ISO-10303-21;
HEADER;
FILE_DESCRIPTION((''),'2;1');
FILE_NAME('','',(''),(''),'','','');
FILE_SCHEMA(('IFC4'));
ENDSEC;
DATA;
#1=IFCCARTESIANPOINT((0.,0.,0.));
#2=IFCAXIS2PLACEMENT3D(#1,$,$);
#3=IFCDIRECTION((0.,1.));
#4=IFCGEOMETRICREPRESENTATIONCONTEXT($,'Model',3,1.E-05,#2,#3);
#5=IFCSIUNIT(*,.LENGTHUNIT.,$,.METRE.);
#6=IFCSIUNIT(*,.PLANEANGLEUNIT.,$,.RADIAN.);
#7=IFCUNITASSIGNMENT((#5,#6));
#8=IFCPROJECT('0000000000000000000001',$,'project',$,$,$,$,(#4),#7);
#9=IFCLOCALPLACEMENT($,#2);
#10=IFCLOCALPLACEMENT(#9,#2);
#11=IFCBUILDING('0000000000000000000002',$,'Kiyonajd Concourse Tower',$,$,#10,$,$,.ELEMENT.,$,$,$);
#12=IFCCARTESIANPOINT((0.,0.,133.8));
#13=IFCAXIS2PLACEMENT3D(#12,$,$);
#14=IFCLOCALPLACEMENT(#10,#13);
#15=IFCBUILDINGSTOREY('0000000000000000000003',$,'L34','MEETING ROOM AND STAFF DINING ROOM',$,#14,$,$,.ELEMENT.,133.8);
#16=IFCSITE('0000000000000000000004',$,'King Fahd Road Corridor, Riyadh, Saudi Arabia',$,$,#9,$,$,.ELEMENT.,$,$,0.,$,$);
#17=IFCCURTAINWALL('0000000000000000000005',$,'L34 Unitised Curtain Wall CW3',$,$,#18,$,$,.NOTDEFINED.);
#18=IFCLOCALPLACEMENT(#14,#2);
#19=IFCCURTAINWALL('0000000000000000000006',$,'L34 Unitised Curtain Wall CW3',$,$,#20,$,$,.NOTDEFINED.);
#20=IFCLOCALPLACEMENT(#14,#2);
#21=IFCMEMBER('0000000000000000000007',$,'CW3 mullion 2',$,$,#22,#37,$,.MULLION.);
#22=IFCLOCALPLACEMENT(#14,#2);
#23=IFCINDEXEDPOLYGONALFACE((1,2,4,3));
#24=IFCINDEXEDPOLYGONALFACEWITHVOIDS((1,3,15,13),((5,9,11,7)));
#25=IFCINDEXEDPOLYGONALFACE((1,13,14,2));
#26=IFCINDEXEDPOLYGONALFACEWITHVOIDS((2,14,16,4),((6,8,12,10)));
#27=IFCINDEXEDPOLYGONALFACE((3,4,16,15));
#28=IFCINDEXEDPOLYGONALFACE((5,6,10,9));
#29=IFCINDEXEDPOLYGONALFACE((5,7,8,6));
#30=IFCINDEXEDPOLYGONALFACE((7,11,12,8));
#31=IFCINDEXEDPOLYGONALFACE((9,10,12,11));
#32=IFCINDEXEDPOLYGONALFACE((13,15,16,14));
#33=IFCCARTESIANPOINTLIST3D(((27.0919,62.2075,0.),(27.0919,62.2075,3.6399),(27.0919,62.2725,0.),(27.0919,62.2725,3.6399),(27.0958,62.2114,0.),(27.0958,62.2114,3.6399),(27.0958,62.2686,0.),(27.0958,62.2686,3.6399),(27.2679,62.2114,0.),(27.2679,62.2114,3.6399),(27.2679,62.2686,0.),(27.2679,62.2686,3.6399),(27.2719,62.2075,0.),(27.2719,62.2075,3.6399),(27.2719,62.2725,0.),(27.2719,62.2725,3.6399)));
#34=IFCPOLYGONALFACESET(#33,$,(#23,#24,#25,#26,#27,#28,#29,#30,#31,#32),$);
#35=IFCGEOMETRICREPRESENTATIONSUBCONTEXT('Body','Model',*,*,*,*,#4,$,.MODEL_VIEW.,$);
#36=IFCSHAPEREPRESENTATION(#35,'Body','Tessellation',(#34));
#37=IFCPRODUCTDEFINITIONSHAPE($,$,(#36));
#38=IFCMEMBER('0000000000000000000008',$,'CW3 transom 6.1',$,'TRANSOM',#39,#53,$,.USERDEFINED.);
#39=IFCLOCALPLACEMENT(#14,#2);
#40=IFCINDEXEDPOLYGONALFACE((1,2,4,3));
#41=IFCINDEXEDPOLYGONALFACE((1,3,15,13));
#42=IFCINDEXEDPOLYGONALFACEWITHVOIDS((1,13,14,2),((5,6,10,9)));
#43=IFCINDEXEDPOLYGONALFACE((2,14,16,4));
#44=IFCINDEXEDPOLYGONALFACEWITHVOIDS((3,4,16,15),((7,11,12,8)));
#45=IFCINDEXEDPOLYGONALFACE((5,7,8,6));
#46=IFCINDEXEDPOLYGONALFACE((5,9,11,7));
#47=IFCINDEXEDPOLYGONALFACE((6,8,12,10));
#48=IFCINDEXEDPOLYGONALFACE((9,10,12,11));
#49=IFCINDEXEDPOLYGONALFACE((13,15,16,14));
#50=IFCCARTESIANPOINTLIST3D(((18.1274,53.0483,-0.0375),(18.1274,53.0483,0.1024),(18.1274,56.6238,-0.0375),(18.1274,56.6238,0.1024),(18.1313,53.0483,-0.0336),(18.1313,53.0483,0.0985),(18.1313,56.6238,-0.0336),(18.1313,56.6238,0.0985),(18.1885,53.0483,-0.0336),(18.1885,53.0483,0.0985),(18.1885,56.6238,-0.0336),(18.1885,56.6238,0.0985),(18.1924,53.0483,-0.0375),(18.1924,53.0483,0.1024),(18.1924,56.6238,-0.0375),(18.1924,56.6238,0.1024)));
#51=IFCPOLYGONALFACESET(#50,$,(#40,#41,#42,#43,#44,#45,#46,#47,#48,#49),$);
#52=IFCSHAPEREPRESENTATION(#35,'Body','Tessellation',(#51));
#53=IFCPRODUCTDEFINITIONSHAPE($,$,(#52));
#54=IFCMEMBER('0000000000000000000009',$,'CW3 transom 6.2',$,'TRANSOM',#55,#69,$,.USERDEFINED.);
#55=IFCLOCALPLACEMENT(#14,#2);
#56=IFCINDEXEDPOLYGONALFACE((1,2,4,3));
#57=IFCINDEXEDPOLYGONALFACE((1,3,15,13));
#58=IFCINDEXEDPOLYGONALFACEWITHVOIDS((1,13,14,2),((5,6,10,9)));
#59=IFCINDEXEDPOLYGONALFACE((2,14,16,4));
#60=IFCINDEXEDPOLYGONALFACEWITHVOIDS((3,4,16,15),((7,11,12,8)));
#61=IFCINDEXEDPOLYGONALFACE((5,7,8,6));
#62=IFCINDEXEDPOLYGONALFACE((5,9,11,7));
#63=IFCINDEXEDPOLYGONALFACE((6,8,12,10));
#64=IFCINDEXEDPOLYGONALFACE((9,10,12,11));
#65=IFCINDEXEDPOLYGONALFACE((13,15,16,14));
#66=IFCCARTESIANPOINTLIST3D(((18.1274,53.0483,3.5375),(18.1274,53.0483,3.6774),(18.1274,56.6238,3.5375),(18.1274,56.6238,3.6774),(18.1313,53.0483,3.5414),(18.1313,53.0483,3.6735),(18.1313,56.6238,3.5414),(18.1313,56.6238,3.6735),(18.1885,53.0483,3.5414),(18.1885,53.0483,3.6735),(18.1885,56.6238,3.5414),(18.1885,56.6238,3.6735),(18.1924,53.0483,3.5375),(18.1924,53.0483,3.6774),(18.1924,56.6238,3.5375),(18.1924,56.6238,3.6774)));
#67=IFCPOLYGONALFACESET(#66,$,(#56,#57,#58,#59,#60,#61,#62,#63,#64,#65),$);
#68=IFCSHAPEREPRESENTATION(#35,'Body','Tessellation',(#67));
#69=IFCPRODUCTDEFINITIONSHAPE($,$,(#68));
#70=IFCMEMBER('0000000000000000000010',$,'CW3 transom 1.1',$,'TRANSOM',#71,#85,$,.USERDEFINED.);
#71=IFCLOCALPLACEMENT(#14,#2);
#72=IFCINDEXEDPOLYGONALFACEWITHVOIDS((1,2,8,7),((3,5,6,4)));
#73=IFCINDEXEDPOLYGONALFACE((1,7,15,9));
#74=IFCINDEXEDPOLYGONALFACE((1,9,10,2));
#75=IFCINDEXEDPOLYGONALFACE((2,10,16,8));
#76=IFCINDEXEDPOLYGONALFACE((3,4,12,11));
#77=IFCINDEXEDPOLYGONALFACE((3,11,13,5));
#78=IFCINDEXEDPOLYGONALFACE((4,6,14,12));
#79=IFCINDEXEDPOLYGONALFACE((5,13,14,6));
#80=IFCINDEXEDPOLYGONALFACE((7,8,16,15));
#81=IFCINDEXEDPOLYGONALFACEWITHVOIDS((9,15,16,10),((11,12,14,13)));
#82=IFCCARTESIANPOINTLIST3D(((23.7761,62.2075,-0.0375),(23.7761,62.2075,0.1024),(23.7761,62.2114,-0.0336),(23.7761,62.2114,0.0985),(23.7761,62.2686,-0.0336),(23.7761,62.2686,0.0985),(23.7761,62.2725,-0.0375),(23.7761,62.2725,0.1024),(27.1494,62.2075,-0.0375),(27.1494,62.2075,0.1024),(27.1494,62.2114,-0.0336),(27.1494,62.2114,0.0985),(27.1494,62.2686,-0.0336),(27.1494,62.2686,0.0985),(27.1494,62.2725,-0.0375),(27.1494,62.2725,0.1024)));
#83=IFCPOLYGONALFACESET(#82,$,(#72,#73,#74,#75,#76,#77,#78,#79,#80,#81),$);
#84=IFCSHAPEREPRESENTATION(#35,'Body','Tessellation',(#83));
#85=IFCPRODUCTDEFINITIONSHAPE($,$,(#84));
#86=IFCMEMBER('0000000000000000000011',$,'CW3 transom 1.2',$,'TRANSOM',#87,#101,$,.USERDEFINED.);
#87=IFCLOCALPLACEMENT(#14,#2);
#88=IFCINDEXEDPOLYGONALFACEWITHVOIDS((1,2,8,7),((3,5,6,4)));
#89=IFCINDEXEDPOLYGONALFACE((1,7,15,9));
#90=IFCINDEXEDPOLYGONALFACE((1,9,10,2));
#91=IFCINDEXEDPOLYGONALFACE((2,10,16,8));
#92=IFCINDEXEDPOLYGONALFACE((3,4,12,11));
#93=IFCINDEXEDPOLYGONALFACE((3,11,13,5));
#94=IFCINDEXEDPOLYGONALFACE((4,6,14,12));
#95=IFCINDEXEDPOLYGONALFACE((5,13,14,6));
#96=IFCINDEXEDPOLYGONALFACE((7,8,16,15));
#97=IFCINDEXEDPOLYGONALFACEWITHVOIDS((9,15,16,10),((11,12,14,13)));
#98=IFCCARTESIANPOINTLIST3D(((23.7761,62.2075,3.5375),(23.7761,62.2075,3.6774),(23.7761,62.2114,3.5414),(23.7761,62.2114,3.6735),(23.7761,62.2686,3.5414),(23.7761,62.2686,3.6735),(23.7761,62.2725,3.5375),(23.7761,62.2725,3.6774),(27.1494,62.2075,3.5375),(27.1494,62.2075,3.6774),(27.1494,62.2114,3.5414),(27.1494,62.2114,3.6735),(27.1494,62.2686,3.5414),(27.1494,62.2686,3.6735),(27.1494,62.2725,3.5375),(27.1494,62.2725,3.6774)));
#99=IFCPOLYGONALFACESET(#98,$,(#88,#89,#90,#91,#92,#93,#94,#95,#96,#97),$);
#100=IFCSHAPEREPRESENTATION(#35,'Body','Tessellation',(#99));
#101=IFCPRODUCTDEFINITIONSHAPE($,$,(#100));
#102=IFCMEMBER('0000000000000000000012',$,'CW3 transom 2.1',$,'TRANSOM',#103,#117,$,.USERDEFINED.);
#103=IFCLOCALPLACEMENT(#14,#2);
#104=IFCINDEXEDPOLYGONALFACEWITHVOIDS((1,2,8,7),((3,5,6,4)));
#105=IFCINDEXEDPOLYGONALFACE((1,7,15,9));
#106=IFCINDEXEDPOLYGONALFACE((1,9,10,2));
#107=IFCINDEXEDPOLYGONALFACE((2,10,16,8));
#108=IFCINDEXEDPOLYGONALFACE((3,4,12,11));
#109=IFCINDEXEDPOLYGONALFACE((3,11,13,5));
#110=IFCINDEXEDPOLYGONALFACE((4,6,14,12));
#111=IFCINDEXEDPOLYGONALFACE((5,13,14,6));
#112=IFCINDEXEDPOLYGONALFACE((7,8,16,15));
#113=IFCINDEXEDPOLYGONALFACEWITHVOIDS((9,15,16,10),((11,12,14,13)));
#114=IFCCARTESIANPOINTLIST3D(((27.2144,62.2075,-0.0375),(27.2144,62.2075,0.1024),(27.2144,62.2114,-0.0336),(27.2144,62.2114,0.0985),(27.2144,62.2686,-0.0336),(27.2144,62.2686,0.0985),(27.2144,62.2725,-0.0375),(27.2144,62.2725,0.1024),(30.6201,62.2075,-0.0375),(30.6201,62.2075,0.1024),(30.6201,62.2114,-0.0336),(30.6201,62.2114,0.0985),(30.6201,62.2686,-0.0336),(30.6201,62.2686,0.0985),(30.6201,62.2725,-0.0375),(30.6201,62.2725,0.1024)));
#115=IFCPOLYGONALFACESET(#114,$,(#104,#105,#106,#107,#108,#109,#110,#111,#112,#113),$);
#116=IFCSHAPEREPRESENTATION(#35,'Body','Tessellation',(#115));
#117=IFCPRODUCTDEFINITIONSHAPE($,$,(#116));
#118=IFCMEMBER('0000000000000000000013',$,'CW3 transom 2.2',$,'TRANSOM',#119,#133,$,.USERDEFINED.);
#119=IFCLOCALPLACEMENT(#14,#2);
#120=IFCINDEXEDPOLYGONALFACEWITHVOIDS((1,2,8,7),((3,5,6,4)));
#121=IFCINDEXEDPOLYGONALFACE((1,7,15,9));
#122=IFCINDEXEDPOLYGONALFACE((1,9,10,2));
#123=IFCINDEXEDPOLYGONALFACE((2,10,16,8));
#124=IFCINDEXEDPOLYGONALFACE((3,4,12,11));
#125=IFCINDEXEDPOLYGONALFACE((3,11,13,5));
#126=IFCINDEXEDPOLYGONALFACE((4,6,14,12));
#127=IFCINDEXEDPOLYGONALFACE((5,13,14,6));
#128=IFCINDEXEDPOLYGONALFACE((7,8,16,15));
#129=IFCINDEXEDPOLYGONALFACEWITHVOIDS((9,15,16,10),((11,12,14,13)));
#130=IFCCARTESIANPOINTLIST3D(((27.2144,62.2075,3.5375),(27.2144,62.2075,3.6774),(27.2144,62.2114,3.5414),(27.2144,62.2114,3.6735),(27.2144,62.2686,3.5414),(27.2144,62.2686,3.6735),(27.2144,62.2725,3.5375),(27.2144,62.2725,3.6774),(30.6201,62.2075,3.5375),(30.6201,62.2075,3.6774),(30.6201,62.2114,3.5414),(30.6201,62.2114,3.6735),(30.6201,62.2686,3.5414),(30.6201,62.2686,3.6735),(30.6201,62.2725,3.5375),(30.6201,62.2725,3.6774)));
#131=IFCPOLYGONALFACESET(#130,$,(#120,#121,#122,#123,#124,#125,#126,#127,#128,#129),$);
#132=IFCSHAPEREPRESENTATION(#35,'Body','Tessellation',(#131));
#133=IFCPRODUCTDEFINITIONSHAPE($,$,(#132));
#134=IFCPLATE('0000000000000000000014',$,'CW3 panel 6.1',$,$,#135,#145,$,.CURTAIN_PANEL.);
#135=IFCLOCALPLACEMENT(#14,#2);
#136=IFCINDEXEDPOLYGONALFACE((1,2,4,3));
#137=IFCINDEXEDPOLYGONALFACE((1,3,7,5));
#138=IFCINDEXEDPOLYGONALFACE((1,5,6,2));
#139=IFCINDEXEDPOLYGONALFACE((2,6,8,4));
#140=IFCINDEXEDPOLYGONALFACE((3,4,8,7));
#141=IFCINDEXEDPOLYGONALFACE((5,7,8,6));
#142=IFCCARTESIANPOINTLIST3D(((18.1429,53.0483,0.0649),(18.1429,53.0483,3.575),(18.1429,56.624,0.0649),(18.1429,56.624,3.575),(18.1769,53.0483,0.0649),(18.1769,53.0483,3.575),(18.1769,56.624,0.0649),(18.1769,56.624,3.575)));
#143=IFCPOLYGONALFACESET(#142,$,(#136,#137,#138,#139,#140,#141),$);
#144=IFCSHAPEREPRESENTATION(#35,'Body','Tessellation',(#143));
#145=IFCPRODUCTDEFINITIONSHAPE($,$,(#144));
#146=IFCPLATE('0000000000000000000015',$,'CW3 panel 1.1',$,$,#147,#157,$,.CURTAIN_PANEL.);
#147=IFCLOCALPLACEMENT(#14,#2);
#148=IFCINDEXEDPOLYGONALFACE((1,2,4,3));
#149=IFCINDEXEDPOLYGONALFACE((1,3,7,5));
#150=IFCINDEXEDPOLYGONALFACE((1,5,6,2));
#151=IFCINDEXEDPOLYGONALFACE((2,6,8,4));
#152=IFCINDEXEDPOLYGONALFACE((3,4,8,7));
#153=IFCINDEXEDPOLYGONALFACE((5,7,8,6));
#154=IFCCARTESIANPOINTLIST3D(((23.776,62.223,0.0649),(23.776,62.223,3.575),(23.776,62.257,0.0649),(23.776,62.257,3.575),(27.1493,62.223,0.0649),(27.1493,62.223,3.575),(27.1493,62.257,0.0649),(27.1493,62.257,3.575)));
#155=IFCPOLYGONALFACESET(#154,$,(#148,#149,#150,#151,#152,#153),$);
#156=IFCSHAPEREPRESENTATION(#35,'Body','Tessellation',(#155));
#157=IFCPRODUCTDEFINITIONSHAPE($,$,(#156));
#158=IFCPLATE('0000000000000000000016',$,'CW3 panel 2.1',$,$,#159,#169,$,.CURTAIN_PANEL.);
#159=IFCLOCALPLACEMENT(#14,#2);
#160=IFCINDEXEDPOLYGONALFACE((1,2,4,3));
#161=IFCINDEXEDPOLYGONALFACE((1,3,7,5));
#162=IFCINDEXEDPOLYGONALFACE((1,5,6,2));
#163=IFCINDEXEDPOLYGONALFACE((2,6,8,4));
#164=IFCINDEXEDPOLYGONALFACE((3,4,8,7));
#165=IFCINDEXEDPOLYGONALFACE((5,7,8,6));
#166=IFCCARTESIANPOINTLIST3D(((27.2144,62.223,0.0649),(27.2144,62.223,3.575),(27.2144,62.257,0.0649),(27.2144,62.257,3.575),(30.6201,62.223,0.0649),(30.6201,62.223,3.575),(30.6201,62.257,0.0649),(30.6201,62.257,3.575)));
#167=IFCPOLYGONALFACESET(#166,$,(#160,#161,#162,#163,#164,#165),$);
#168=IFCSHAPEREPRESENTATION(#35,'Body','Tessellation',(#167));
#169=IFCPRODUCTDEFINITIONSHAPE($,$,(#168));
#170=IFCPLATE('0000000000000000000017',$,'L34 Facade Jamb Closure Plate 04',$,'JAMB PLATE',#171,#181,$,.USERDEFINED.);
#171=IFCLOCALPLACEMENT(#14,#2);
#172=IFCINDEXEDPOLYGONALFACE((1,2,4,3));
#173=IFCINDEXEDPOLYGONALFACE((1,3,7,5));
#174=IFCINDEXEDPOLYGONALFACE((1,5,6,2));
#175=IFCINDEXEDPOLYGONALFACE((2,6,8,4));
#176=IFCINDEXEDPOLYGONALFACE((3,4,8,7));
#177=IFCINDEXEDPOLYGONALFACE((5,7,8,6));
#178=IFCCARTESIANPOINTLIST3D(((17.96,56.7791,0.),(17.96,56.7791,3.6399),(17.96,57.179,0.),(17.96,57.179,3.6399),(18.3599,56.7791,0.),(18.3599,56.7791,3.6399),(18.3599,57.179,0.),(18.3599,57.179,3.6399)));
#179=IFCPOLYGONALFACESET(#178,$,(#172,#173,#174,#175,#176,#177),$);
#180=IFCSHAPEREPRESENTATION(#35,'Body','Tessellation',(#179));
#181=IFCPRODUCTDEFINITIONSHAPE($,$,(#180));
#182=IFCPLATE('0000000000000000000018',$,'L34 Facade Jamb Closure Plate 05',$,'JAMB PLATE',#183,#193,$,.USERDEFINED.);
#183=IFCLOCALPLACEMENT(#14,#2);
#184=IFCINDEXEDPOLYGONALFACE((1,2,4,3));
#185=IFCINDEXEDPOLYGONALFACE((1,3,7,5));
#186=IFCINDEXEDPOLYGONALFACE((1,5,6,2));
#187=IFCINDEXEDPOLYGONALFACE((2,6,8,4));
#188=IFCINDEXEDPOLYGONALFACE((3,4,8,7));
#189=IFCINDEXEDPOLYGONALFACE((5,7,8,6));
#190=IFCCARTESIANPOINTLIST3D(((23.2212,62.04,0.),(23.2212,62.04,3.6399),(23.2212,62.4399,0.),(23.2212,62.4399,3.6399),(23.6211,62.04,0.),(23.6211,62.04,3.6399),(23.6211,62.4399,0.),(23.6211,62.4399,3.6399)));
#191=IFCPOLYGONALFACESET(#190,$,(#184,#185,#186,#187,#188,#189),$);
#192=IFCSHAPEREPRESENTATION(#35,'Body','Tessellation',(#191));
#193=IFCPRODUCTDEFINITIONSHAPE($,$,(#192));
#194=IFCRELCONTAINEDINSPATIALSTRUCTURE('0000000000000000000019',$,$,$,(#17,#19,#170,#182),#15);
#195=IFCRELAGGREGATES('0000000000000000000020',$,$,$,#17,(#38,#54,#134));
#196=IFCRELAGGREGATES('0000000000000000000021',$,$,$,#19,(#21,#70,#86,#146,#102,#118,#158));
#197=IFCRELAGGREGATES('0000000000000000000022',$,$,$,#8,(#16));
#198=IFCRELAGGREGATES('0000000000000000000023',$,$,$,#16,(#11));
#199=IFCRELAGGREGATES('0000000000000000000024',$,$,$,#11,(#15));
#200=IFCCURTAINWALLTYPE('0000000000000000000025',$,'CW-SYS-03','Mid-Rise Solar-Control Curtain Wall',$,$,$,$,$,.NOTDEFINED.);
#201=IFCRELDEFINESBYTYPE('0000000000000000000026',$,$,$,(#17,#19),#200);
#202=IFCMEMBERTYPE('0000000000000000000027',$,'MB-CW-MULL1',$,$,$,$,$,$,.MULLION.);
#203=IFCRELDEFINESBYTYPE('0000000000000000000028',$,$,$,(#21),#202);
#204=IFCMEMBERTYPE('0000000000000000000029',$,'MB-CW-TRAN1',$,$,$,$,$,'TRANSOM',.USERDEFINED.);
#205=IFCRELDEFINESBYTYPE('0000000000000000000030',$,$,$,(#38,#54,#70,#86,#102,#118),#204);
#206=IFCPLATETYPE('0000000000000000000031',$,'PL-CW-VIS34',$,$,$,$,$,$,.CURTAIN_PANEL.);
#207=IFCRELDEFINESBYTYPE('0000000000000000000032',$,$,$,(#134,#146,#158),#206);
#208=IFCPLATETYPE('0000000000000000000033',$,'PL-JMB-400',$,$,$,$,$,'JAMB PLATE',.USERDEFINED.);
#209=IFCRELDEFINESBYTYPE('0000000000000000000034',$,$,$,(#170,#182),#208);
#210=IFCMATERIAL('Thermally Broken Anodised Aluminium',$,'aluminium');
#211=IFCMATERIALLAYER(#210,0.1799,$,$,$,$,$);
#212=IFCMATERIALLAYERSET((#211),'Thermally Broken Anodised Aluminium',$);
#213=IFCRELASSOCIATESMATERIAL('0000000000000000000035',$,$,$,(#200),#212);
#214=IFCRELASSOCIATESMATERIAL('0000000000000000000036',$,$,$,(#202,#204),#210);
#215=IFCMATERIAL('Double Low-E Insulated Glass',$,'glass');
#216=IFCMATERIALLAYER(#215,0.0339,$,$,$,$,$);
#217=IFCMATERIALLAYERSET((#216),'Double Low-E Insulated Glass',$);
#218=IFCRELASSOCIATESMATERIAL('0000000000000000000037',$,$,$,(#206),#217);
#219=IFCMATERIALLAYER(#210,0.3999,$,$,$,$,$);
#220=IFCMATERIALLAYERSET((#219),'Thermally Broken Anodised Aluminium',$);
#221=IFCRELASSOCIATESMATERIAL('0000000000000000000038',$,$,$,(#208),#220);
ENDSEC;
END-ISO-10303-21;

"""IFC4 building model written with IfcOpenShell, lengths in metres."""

from ifc_helpers import new_model, si_unit, direction, frame, origin, origin_2d, place, context, subcontext, project, spatial, rectangle, hollow_rectangle, extrude, material, layer, layer_set, material_profile, profile_set, type_object, element, aggregate, save


model = new_model("IFC4")

# Units and contexts
model_context = context("Model", 3, precision=1e-05, world=origin(), true_north=direction((0.0, 1.0)))
body_context = subcontext(model_context, "Body", "Model", "MODEL_VIEW")
ifc_project = project(units=[si_unit("LENGTHUNIT", "METRE"), si_unit("PLANEANGLEUNIT", "RADIAN")], contexts=[model_context])

# Site, building, storey
site_placement = place(None, origin())
site = spatial("IfcSite", under=ifc_project, at=site_placement, Name="King Fahd Road Corridor, Riyadh, Saudi Arabia", CompositionType="ELEMENT", RefElevation=0.0)
building_placement = place(site_placement, origin())
building = spatial("IfcBuilding", under=site, at=building_placement, Name="Kiyonajd Concourse Tower", CompositionType="ELEMENT")
storey_placement = place(building_placement, frame((0.0, 0.0, 133.8)))
storey = spatial("IfcBuildingStorey", under=building, at=storey_placement, Name="L34", Description="MEETING ROOM AND STAFF DINING ROOM", CompositionType="ELEMENT", Elevation=133.8)

# Curtain walls, member
ifc_material_1 = material(Name="Thermally Broken Anodised Aluminium", Category="aluminium")
ifc_layer_1 = layer(ifc_material_1, 0.1799)
ifc_layer_set_1 = layer_set([ifc_layer_1], Name="Thermally Broken Anodised Aluminium")
curtain_wall_type = type_object("IfcCurtainWallType", Name="CW-SYS-03", Description="Mid-Rise Solar-Control Curtain Wall", PredefinedType="NOTDEFINED", material=ifc_layer_set_1)
curtain_wall_1_placement = place(storey_placement, origin())
curtain_wall_1 = element("IfcCurtainWall", 1, at=curtain_wall_1_placement, inside=storey, type_object=curtain_wall_type, Name="L34 Unitised Curtain Wall CW3", PredefinedType="NOTDEFINED")
ifc_material_profile_1 = material_profile(ifc_material_1, hollow_rectangle(XDim=0.0649, YDim=0.1799, WallThickness=0.0039, at=origin_2d()), Name="MULL-65x180")
ifc_profile_set_1 = profile_set([ifc_material_profile_1], Name="Thermally Broken Anodised Aluminium")
member_type_1 = type_object("IfcMemberType", Name="MB-CW-MULL1", PredefinedType="MULLION", material=ifc_profile_set_1)
curtain_wall_2_placement = place(storey_placement, origin())
curtain_wall_2 = element("IfcCurtainWall", 2, at=curtain_wall_2_placement, inside=storey, type_object=curtain_wall_type, Name="L34 Unitised Curtain Wall CW3", PredefinedType="NOTDEFINED")
member_1_placement = place(storey_placement, frame((27.1819, 62.24, 0.0), z_axis=(0.0, 0.0, 1.0), x_axis=(0.0, 1.0, 0.0)))
member_1 = element("IfcMember", 3, at=member_1_placement, type_object=member_type_1, Name="CW3 mullion 2", PredefinedType="MULLION", context=body_context, shape_type="SweptSolid", body=[
    extrude(hollow_rectangle(XDim=0.0649, YDim=0.1799, WallThickness=0.0039, at=origin_2d()), origin(), (0.0, 0.0, 1.0), 3.6399),
])

# Members
ifc_material_profile_2 = material_profile(ifc_material_1, hollow_rectangle(XDim=0.0649, YDim=0.1399, WallThickness=0.0039, at=origin_2d()), Name="TRAN-65x140")
ifc_profile_set_2 = profile_set([ifc_material_profile_2], Name="Thermally Broken Anodised Aluminium")
member_type_2 = type_object("IfcMemberType", Name="MB-CW-TRAN1", ElementType="TRANSOM", PredefinedType="USERDEFINED", material=ifc_profile_set_2)
member_2_placement = place(storey_placement, frame((18.1599, 53.0483, 0.0325), z_axis=(0.0, 1.0, 0.0), x_axis=(-1.0, 0.0, 0.0)))
member_2 = element("IfcMember", 4, at=member_2_placement, type_object=member_type_2, Name="CW3 transom 6.1", ObjectType="TRANSOM", PredefinedType="USERDEFINED", context=body_context, shape_type="SweptSolid", body=[
    extrude(hollow_rectangle(XDim=0.0649, YDim=0.1399, WallThickness=0.0039, at=origin_2d()), origin(), (0.0, 0.0, 1.0), 3.5754),
])
member_3_placement = place(storey_placement, frame((18.1599, 53.0483, 3.6074), z_axis=(0.0, 1.0, 0.0), x_axis=(-1.0, 0.0, 0.0)))
member_3 = element("IfcMember", 5, at=member_3_placement, type_object=member_type_2, Name="CW3 transom 6.2", ObjectType="TRANSOM", PredefinedType="USERDEFINED", context=body_context, shape_type="SweptSolid", body=[
    extrude(hollow_rectangle(XDim=0.0649, YDim=0.1399, WallThickness=0.0039, at=origin_2d()), origin(), (0.0, 0.0, 1.0), 3.5754),
])
member_4_placement = place(storey_placement, frame((23.7761, 62.24, 0.0325), z_axis=(1.0, 0.0, 0.0), x_axis=(0.0, 1.0, 0.0)))
member_4 = element("IfcMember", 6, at=member_4_placement, type_object=member_type_2, Name="CW3 transom 1.1", ObjectType="TRANSOM", PredefinedType="USERDEFINED", context=body_context, shape_type="SweptSolid", body=[
    extrude(hollow_rectangle(XDim=0.0649, YDim=0.1399, WallThickness=0.0039, at=origin_2d()), origin(), (0.0, 0.0, 1.0), 3.3733),
])
member_5_placement = place(storey_placement, frame((23.7761, 62.24, 3.6074), z_axis=(1.0, 0.0, 0.0), x_axis=(0.0, 1.0, 0.0)))
member_5 = element("IfcMember", 7, at=member_5_placement, type_object=member_type_2, Name="CW3 transom 1.2", ObjectType="TRANSOM", PredefinedType="USERDEFINED", context=body_context, shape_type="SweptSolid", body=[
    extrude(hollow_rectangle(XDim=0.0649, YDim=0.1399, WallThickness=0.0039, at=origin_2d()), origin(), (0.0, 0.0, 1.0), 3.3733),
])
member_6_placement = place(storey_placement, frame((27.2144, 62.24, 0.0325), z_axis=(1.0, 0.0, 0.0), x_axis=(0.0, 1.0, 0.0)))
member_6 = element("IfcMember", 8, at=member_6_placement, type_object=member_type_2, Name="CW3 transom 2.1", ObjectType="TRANSOM", PredefinedType="USERDEFINED", context=body_context, shape_type="SweptSolid", body=[
    extrude(hollow_rectangle(XDim=0.0649, YDim=0.1399, WallThickness=0.0039, at=origin_2d()), origin(), (0.0, 0.0, 1.0), 3.4058),
])
member_7_placement = place(storey_placement, frame((27.2144, 62.24, 3.6074), z_axis=(1.0, 0.0, 0.0), x_axis=(0.0, 1.0, 0.0)))
member_7 = element("IfcMember", 9, at=member_7_placement, type_object=member_type_2, Name="CW3 transom 2.2", ObjectType="TRANSOM", PredefinedType="USERDEFINED", context=body_context, shape_type="SweptSolid", body=[
    extrude(hollow_rectangle(XDim=0.0649, YDim=0.1399, WallThickness=0.0039, at=origin_2d()), origin(), (0.0, 0.0, 1.0), 3.4058),
])

# Plates
ifc_material_2 = material(Name="Double Low-E Insulated Glass", Category="glass")
ifc_layer_2 = layer(ifc_material_2, 0.0339)
ifc_layer_set_2 = layer_set([ifc_layer_2], Name="Double Low-E Insulated Glass")
plate_type_1 = type_object("IfcPlateType", Name="PL-CW-VIS34", PredefinedType="CURTAIN_PANEL", material=ifc_layer_set_2)
plate_1_placement = place(storey_placement, frame((18.1599, 54.8362, 0.0649), z_axis=(0.0, 0.0, 1.0), x_axis=(0.0, 1.0, 0.0)))
plate_1 = element("IfcPlate", 10, at=plate_1_placement, type_object=plate_type_1, Name="CW3 panel 6.1", PredefinedType="CURTAIN_PANEL", context=body_context, shape_type="SweptSolid", body=[
    extrude(rectangle(XDim=3.5757, YDim=0.0339, at=origin_2d()), origin(), (0.0, 0.0, 1.0), 3.51),
])
aggregate(curtain_wall_1, [member_2, member_3, plate_1])
plate_2_placement = place(storey_placement, frame((25.4626, 62.24, 0.0649), z_axis=(0.0, 0.0, 1.0), x_axis=(1.0, 0.0, 0.0)))
plate_2 = element("IfcPlate", 11, at=plate_2_placement, type_object=plate_type_1, Name="CW3 panel 1.1", PredefinedType="CURTAIN_PANEL", context=body_context, shape_type="SweptSolid", body=[
    extrude(rectangle(XDim=3.3733, YDim=0.0339, at=origin_2d()), origin(), (0.0, 0.0, 1.0), 3.51),
])
plate_3_placement = place(storey_placement, frame((28.9172, 62.24, 0.0649), z_axis=(0.0, 0.0, 1.0), x_axis=(1.0, 0.0, 0.0)))
plate_3 = element("IfcPlate", 12, at=plate_3_placement, type_object=plate_type_1, Name="CW3 panel 2.1", PredefinedType="CURTAIN_PANEL", context=body_context, shape_type="SweptSolid", body=[
    extrude(rectangle(XDim=3.4058, YDim=0.0339, at=origin_2d()), origin(), (0.0, 0.0, 1.0), 3.51),
])
aggregate(curtain_wall_2, [member_1, member_4, member_5, plate_2, member_6, member_7, plate_3])

# Plates
ifc_layer_3 = layer(ifc_material_1, 0.3999)
ifc_layer_set_3 = layer_set([ifc_layer_3], Name="Thermally Broken Anodised Aluminium")
plate_type_2 = type_object("IfcPlateType", Name="PL-JMB-400", ElementType="JAMB PLATE", PredefinedType="USERDEFINED", material=ifc_layer_set_3)
for number, where, z_axis, x_axis, name in (
    (13, (18.1599, 56.979, 0.0), (0.0, 0.0, 1.0), (1.0, 0.0, 0.0), "L34 Facade Jamb Closure Plate 04"),
    (14, (23.4211, 62.24, 0.0), (0.0, 0.0, 1.0), (1.0, 0.0, 0.0), "L34 Facade Jamb Closure Plate 05"),
):
    element("IfcPlate", number, at=place(storey_placement, frame(where, z_axis=z_axis, x_axis=x_axis)), inside=storey, type_object=plate_type_2, Name=name, ObjectType="JAMB PLATE", PredefinedType="USERDEFINED", context=body_context, shape_type="SweptSolid", body=[
        extrude(rectangle(XDim=0.3999, YDim=0.3999, at=origin_2d()), origin(), (0.0, 0.0, 1.0), 3.6399),
    ])

save(model, "model.ifc")
